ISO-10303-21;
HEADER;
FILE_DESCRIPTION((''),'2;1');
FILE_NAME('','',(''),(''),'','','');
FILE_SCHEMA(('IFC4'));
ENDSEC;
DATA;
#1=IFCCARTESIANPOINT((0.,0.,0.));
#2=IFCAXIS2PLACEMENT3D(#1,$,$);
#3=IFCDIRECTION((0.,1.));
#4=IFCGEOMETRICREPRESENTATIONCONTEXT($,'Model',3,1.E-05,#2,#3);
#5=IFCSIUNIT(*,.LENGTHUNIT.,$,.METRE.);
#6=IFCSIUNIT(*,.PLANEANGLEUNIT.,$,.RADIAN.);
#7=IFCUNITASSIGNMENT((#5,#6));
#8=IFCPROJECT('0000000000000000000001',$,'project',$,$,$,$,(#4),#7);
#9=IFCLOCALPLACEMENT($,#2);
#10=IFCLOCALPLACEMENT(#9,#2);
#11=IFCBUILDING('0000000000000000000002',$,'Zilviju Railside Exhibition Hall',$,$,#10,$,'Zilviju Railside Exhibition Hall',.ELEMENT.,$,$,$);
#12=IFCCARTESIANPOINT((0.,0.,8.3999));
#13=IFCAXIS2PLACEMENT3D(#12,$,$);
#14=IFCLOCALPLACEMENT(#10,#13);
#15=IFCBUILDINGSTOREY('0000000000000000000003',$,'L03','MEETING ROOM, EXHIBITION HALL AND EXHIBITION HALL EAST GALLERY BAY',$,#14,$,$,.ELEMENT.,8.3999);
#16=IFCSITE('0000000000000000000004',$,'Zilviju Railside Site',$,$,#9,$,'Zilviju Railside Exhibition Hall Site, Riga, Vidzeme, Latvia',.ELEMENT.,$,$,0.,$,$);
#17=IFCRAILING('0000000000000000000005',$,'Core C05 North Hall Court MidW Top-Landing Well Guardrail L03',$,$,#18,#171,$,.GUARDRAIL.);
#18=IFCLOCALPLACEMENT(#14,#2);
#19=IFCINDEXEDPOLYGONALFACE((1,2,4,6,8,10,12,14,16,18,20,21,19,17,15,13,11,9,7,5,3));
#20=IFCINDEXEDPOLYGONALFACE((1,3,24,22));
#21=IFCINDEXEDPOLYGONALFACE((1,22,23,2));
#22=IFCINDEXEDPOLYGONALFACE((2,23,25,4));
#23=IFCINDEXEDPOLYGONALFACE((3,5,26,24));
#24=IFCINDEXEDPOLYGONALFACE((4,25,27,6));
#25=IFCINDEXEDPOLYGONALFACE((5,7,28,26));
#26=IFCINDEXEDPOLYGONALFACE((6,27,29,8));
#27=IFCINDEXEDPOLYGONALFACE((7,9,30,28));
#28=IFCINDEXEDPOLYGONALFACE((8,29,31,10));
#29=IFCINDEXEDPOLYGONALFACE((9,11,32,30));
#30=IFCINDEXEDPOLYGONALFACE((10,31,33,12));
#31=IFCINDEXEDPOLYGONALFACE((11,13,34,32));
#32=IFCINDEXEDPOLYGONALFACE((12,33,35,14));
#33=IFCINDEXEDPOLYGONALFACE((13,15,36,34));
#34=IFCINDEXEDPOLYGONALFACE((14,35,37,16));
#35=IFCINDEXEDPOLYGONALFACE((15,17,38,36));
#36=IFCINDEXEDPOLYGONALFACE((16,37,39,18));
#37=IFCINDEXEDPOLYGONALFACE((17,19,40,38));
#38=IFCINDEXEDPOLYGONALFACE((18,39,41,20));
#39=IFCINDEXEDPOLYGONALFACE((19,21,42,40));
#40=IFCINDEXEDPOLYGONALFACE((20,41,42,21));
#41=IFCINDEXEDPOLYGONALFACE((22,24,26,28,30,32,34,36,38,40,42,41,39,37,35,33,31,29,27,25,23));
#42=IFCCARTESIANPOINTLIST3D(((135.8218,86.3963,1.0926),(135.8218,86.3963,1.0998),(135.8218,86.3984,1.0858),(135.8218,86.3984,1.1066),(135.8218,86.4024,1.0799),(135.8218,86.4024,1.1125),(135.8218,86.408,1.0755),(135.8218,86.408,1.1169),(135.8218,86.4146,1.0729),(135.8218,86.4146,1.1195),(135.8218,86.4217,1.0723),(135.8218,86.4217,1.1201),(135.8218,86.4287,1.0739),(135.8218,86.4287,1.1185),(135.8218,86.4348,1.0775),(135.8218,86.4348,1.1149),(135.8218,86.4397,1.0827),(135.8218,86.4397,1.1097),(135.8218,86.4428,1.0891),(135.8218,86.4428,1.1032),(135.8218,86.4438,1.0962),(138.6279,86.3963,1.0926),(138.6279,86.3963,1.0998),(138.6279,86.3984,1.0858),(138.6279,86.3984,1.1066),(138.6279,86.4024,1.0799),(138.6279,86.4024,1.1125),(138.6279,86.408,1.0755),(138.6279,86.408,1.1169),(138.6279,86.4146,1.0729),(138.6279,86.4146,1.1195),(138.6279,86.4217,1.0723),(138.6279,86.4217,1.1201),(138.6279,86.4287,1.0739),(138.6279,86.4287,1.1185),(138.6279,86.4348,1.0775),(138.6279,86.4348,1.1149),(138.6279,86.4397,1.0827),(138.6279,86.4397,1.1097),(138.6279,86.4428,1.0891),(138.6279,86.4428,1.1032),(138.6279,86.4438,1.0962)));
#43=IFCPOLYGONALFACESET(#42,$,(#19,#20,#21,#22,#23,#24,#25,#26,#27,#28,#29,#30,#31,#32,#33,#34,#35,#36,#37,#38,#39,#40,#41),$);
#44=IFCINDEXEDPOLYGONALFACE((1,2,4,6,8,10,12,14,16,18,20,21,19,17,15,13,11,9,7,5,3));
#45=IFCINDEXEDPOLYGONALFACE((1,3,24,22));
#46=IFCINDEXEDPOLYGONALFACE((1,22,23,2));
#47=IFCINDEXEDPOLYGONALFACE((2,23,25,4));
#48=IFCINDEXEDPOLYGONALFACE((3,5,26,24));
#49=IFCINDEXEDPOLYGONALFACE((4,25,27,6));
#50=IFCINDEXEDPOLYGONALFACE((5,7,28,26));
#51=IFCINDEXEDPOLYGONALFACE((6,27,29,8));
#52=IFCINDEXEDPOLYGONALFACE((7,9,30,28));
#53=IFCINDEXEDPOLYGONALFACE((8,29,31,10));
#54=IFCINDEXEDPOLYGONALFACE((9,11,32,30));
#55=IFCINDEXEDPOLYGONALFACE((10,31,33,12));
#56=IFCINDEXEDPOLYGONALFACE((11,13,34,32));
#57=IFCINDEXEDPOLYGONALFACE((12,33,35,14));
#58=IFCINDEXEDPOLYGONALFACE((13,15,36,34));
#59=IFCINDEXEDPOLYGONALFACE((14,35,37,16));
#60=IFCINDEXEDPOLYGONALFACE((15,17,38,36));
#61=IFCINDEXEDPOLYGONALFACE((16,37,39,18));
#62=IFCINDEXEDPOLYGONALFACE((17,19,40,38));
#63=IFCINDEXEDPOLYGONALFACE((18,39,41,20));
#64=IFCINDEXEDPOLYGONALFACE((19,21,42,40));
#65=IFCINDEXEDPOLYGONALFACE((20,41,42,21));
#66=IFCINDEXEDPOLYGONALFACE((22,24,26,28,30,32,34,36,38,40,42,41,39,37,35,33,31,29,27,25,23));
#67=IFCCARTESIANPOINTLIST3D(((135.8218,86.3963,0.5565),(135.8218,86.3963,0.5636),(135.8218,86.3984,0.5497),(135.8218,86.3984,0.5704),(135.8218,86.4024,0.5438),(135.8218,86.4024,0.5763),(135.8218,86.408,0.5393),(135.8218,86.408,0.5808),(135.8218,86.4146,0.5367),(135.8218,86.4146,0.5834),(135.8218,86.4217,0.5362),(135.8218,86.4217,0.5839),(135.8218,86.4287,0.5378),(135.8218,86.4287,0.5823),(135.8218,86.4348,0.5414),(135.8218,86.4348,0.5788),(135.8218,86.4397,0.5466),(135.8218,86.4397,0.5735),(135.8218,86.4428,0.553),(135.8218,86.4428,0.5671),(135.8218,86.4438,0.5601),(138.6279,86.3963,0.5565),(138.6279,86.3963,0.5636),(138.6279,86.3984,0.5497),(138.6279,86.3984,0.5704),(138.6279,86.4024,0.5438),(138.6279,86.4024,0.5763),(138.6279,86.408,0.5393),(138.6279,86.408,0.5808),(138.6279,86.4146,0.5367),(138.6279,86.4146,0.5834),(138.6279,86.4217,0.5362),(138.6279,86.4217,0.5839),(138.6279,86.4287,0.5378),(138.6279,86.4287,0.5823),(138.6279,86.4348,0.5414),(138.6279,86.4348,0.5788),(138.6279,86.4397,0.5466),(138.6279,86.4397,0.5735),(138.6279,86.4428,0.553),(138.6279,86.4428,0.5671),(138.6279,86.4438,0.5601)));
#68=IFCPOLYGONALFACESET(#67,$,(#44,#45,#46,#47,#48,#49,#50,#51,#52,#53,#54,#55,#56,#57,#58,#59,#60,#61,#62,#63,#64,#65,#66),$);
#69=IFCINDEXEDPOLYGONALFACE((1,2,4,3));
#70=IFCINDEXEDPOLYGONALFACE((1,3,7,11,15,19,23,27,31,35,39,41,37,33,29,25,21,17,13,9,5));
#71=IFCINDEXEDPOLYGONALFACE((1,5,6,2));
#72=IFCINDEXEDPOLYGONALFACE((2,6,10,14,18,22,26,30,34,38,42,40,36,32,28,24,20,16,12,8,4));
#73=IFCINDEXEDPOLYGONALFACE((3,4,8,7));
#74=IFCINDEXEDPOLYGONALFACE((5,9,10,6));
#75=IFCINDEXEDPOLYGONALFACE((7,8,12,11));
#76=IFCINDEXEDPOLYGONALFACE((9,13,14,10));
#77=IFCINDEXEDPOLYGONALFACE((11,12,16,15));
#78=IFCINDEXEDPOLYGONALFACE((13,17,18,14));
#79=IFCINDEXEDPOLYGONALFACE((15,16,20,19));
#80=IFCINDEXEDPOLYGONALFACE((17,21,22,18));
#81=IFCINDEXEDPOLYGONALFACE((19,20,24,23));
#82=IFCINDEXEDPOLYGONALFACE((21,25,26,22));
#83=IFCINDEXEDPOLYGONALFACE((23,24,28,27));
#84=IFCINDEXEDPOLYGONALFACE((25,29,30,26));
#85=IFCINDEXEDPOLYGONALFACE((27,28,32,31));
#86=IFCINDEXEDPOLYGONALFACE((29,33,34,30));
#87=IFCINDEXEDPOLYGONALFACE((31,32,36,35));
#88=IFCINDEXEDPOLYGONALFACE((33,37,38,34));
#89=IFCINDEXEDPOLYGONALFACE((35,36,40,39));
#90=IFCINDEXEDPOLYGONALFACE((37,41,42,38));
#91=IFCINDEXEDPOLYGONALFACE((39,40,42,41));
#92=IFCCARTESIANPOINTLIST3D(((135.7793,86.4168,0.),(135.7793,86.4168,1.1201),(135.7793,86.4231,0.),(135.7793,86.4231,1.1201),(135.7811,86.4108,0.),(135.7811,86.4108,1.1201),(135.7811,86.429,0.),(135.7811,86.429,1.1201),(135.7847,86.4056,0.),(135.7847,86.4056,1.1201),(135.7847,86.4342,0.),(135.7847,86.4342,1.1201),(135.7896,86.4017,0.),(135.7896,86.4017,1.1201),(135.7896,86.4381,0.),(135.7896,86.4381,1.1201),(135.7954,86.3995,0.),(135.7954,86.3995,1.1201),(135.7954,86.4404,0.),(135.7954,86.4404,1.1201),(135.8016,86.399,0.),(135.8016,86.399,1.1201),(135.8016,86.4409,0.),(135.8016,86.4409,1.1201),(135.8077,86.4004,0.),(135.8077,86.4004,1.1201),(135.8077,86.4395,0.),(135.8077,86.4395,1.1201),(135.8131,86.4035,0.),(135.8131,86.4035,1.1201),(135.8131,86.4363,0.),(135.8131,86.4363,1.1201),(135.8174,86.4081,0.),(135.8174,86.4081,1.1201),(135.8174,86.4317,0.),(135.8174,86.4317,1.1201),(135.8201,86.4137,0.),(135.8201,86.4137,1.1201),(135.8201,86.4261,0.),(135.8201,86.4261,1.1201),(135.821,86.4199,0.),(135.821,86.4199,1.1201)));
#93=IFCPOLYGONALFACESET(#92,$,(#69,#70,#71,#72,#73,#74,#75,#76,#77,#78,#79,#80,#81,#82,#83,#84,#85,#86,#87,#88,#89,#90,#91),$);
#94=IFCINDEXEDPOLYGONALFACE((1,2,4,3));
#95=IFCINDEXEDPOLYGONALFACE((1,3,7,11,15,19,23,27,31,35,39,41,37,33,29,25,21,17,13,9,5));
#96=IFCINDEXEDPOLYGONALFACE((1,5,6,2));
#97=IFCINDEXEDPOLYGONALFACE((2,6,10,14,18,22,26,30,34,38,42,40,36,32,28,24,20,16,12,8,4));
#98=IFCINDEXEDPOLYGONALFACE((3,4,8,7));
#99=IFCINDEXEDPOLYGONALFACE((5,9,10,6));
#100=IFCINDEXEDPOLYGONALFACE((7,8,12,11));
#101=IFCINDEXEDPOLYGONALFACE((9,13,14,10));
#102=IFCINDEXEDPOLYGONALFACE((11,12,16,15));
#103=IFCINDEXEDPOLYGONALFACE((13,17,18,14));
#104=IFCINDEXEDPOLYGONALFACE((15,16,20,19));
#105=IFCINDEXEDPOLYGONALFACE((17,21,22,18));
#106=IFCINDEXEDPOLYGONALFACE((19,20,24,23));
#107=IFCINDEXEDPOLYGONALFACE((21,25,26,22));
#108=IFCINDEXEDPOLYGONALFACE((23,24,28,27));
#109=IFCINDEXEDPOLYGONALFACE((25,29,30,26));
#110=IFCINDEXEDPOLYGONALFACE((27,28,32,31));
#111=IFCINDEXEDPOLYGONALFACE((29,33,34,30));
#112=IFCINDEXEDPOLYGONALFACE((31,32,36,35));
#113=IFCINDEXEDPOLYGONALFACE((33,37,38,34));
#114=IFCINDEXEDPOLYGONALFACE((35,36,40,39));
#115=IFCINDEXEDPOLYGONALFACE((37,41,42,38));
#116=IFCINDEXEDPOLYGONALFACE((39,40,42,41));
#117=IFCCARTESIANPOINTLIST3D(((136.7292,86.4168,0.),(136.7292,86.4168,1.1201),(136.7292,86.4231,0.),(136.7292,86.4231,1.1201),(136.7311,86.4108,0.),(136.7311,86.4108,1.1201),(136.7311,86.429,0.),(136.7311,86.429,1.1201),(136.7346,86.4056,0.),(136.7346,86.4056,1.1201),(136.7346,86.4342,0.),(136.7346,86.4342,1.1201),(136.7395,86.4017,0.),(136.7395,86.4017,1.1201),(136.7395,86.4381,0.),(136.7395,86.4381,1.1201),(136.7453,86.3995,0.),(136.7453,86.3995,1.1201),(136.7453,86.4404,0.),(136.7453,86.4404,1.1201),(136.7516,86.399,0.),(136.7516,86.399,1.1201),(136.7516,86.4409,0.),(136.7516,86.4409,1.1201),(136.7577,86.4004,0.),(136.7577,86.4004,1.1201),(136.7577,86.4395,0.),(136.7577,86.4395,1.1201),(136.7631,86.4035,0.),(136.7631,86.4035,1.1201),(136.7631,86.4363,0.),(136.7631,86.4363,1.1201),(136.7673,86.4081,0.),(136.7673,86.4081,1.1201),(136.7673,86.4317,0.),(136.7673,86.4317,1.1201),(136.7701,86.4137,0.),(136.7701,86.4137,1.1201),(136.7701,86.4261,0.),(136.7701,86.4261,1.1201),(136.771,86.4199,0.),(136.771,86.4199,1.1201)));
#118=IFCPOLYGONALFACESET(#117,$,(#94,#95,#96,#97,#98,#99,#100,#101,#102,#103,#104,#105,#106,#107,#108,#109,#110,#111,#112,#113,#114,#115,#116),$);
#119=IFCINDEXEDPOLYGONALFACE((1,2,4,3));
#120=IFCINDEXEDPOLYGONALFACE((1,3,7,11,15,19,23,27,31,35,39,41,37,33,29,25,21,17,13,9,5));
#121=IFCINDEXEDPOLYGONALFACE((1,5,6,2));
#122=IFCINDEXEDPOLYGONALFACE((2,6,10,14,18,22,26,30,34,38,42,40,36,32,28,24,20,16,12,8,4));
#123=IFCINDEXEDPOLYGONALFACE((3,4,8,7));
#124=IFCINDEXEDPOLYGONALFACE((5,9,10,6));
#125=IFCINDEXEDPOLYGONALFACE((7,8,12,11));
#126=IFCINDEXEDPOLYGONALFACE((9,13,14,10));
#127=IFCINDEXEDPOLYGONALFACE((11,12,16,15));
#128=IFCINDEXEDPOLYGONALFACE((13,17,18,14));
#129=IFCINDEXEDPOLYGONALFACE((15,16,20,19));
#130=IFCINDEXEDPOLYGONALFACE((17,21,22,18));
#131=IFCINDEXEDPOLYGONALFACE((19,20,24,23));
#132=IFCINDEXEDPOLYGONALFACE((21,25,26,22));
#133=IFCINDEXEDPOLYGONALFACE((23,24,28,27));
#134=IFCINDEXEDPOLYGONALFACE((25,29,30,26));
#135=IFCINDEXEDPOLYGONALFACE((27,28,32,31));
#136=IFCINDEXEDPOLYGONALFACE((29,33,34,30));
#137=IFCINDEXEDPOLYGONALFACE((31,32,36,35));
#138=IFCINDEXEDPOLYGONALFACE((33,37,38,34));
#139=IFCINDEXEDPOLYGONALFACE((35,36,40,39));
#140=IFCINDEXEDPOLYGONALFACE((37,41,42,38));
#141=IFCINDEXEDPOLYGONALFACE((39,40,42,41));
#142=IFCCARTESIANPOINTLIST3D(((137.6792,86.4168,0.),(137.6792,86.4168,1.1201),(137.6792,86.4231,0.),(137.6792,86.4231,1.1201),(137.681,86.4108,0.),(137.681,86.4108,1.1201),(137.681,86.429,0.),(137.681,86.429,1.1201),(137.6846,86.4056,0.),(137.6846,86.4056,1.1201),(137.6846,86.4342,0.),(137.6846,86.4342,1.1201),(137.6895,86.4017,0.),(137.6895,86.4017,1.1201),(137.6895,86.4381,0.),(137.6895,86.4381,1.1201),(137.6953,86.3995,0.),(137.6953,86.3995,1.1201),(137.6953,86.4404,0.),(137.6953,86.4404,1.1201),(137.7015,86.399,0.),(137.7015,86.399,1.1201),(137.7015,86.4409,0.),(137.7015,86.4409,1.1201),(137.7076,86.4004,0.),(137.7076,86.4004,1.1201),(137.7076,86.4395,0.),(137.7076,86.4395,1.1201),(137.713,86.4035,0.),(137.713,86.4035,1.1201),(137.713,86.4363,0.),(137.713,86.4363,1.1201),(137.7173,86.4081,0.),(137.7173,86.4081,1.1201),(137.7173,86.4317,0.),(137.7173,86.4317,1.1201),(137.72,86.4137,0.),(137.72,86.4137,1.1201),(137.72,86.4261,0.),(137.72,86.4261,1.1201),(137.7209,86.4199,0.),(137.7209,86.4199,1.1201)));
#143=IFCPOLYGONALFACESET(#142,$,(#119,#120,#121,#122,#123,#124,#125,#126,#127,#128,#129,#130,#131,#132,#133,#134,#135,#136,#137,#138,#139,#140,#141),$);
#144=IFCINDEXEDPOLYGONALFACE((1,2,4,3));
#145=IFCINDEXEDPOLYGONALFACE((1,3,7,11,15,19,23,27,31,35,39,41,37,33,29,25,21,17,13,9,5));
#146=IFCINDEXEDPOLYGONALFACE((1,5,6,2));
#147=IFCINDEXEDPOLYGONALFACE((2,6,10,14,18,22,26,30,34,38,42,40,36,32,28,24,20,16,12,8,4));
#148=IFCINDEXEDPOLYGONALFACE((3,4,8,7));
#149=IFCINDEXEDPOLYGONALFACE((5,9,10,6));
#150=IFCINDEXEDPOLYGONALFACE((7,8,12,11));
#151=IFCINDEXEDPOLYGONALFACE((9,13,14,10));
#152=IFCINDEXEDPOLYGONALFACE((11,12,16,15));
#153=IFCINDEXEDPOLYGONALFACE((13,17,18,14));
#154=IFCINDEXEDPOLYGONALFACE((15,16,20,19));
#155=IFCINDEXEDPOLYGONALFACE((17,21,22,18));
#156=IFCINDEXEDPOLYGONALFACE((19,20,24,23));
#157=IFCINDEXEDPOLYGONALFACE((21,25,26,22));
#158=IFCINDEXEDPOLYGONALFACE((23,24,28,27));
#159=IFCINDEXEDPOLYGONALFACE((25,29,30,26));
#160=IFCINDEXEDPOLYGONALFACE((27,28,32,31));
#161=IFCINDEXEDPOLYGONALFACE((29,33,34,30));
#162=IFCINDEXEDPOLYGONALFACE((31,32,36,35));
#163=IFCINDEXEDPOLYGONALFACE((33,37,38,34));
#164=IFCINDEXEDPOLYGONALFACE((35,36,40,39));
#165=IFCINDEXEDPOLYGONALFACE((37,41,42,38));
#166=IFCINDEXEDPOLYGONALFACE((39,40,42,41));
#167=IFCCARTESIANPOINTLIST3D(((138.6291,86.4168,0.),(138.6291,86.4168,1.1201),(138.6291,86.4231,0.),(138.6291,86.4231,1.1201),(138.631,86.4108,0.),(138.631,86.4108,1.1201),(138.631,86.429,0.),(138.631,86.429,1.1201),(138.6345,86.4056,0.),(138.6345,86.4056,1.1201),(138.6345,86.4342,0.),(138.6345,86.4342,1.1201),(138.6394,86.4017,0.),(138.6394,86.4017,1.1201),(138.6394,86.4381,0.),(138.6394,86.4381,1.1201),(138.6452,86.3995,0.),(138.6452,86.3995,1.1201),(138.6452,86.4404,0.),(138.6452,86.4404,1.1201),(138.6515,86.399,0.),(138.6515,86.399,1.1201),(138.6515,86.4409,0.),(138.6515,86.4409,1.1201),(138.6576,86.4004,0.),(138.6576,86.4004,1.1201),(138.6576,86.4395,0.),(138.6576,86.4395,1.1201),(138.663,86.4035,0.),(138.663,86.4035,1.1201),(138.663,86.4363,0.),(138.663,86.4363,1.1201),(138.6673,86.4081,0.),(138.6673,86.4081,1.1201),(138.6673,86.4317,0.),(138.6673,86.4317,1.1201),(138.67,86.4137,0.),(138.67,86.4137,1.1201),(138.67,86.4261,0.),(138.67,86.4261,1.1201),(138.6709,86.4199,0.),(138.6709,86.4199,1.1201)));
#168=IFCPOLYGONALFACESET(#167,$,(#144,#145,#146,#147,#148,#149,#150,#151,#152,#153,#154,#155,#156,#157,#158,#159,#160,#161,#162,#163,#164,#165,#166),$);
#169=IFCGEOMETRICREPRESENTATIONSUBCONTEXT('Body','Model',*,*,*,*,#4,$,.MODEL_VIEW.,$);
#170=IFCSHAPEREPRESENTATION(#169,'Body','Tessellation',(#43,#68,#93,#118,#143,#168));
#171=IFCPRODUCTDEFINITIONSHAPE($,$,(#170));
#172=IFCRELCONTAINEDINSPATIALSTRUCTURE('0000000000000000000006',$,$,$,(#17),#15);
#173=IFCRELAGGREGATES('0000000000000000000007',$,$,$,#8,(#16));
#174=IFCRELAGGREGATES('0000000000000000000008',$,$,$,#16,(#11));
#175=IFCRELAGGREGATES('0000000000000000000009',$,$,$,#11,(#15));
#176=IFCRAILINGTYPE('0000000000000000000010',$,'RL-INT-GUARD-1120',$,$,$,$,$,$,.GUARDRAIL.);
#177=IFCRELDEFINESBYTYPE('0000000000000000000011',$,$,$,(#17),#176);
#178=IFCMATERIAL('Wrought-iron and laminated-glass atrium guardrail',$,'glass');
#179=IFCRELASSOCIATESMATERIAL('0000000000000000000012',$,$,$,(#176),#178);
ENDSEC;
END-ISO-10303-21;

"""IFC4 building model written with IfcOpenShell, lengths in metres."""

from ifc_helpers import new_model, si_unit, direction, frame, origin, origin_2d, place, context, subcontext, project, spatial, circle, extrude, material, type_object, element, save


model = new_model("IFC4")

# Units and contexts
model_context = context("Model", 3, precision=1e-05, world=origin(), true_north=direction((0.0, 1.0)))
body_context = subcontext(model_context, "Body", "Model", "MODEL_VIEW")
ifc_project = project(units=[si_unit("LENGTHUNIT", "METRE"), si_unit("PLANEANGLEUNIT", "RADIAN")], contexts=[model_context])

# Site, building, storey
site_placement = place(None, origin())
site = spatial("IfcSite", under=ifc_project, at=site_placement, Name="Zilviju Railside Site", LongName="Zilviju Railside Exhibition Hall Site, Riga, Vidzeme, Latvia", CompositionType="ELEMENT", RefElevation=0.0)
building_placement = place(site_placement, origin())
building = spatial("IfcBuilding", under=site, at=building_placement, Name="Zilviju Railside Exhibition Hall", LongName="Zilviju Railside Exhibition Hall", CompositionType="ELEMENT")
storey_placement = place(building_placement, frame((0.0, 0.0, 8.3999)))
storey = spatial("IfcBuildingStorey", under=building, at=storey_placement, Name="L03", Description="MEETING ROOM, EXHIBITION HALL AND EXHIBITION HALL EAST GALLERY BAY", CompositionType="ELEMENT", Elevation=8.3999)

# Railing
ifc_material_1 = material(Name="Wrought-iron and laminated-glass atrium guardrail", Category="glass")
railing_type = type_object("IfcRailingType", Name="RL-INT-GUARD-1120", PredefinedType="GUARDRAIL", material=ifc_material_1)
railing_placement = place(storey_placement, frame((135.8, 86.4199, 0.0)))
element("IfcRailing", 1, at=railing_placement, inside=storey, type_object=railing_type, Name="Core C05 North Hall Court MidW Top-Landing Well Guardrail L03", PredefinedType="GUARDRAIL", context=body_context, shape_type="SweptSolid", body=[
    extrude(circle(Radius=0.0239, at=origin_2d()), frame((0.0217, 0.0, 1.0962), z_axis=(1.0, 0.0, 0.0), x_axis=(0.0, 1.0, 0.0)), (0.0, 0.0, 1.0), 2.8062),
    extrude(circle(Radius=0.0239, at=origin_2d()), frame((0.0217, 0.0, 0.5601), z_axis=(1.0, 0.0, 0.0), x_axis=(0.0, 1.0, 0.0)), (0.0, 0.0, 1.0), 2.8062),
    extrude(circle(Radius=0.021, at=origin_2d()), origin(), (0.0, 0.0, 1.0), 1.1201),
    extrude(circle(Radius=0.021, at=origin_2d()), frame((0.95, 0.0, 0.0)), (0.0, 0.0, 1.0), 1.1201),
    extrude(circle(Radius=0.021, at=origin_2d()), frame((1.8999, 0.0, 0.0)), (0.0, 0.0, 1.0), 1.1201),
    extrude(circle(Radius=0.021, at=origin_2d()), frame((2.8499, 0.0, 0.0)), (0.0, 0.0, 1.0), 1.1201),
])

save(model, "model.ifc")
